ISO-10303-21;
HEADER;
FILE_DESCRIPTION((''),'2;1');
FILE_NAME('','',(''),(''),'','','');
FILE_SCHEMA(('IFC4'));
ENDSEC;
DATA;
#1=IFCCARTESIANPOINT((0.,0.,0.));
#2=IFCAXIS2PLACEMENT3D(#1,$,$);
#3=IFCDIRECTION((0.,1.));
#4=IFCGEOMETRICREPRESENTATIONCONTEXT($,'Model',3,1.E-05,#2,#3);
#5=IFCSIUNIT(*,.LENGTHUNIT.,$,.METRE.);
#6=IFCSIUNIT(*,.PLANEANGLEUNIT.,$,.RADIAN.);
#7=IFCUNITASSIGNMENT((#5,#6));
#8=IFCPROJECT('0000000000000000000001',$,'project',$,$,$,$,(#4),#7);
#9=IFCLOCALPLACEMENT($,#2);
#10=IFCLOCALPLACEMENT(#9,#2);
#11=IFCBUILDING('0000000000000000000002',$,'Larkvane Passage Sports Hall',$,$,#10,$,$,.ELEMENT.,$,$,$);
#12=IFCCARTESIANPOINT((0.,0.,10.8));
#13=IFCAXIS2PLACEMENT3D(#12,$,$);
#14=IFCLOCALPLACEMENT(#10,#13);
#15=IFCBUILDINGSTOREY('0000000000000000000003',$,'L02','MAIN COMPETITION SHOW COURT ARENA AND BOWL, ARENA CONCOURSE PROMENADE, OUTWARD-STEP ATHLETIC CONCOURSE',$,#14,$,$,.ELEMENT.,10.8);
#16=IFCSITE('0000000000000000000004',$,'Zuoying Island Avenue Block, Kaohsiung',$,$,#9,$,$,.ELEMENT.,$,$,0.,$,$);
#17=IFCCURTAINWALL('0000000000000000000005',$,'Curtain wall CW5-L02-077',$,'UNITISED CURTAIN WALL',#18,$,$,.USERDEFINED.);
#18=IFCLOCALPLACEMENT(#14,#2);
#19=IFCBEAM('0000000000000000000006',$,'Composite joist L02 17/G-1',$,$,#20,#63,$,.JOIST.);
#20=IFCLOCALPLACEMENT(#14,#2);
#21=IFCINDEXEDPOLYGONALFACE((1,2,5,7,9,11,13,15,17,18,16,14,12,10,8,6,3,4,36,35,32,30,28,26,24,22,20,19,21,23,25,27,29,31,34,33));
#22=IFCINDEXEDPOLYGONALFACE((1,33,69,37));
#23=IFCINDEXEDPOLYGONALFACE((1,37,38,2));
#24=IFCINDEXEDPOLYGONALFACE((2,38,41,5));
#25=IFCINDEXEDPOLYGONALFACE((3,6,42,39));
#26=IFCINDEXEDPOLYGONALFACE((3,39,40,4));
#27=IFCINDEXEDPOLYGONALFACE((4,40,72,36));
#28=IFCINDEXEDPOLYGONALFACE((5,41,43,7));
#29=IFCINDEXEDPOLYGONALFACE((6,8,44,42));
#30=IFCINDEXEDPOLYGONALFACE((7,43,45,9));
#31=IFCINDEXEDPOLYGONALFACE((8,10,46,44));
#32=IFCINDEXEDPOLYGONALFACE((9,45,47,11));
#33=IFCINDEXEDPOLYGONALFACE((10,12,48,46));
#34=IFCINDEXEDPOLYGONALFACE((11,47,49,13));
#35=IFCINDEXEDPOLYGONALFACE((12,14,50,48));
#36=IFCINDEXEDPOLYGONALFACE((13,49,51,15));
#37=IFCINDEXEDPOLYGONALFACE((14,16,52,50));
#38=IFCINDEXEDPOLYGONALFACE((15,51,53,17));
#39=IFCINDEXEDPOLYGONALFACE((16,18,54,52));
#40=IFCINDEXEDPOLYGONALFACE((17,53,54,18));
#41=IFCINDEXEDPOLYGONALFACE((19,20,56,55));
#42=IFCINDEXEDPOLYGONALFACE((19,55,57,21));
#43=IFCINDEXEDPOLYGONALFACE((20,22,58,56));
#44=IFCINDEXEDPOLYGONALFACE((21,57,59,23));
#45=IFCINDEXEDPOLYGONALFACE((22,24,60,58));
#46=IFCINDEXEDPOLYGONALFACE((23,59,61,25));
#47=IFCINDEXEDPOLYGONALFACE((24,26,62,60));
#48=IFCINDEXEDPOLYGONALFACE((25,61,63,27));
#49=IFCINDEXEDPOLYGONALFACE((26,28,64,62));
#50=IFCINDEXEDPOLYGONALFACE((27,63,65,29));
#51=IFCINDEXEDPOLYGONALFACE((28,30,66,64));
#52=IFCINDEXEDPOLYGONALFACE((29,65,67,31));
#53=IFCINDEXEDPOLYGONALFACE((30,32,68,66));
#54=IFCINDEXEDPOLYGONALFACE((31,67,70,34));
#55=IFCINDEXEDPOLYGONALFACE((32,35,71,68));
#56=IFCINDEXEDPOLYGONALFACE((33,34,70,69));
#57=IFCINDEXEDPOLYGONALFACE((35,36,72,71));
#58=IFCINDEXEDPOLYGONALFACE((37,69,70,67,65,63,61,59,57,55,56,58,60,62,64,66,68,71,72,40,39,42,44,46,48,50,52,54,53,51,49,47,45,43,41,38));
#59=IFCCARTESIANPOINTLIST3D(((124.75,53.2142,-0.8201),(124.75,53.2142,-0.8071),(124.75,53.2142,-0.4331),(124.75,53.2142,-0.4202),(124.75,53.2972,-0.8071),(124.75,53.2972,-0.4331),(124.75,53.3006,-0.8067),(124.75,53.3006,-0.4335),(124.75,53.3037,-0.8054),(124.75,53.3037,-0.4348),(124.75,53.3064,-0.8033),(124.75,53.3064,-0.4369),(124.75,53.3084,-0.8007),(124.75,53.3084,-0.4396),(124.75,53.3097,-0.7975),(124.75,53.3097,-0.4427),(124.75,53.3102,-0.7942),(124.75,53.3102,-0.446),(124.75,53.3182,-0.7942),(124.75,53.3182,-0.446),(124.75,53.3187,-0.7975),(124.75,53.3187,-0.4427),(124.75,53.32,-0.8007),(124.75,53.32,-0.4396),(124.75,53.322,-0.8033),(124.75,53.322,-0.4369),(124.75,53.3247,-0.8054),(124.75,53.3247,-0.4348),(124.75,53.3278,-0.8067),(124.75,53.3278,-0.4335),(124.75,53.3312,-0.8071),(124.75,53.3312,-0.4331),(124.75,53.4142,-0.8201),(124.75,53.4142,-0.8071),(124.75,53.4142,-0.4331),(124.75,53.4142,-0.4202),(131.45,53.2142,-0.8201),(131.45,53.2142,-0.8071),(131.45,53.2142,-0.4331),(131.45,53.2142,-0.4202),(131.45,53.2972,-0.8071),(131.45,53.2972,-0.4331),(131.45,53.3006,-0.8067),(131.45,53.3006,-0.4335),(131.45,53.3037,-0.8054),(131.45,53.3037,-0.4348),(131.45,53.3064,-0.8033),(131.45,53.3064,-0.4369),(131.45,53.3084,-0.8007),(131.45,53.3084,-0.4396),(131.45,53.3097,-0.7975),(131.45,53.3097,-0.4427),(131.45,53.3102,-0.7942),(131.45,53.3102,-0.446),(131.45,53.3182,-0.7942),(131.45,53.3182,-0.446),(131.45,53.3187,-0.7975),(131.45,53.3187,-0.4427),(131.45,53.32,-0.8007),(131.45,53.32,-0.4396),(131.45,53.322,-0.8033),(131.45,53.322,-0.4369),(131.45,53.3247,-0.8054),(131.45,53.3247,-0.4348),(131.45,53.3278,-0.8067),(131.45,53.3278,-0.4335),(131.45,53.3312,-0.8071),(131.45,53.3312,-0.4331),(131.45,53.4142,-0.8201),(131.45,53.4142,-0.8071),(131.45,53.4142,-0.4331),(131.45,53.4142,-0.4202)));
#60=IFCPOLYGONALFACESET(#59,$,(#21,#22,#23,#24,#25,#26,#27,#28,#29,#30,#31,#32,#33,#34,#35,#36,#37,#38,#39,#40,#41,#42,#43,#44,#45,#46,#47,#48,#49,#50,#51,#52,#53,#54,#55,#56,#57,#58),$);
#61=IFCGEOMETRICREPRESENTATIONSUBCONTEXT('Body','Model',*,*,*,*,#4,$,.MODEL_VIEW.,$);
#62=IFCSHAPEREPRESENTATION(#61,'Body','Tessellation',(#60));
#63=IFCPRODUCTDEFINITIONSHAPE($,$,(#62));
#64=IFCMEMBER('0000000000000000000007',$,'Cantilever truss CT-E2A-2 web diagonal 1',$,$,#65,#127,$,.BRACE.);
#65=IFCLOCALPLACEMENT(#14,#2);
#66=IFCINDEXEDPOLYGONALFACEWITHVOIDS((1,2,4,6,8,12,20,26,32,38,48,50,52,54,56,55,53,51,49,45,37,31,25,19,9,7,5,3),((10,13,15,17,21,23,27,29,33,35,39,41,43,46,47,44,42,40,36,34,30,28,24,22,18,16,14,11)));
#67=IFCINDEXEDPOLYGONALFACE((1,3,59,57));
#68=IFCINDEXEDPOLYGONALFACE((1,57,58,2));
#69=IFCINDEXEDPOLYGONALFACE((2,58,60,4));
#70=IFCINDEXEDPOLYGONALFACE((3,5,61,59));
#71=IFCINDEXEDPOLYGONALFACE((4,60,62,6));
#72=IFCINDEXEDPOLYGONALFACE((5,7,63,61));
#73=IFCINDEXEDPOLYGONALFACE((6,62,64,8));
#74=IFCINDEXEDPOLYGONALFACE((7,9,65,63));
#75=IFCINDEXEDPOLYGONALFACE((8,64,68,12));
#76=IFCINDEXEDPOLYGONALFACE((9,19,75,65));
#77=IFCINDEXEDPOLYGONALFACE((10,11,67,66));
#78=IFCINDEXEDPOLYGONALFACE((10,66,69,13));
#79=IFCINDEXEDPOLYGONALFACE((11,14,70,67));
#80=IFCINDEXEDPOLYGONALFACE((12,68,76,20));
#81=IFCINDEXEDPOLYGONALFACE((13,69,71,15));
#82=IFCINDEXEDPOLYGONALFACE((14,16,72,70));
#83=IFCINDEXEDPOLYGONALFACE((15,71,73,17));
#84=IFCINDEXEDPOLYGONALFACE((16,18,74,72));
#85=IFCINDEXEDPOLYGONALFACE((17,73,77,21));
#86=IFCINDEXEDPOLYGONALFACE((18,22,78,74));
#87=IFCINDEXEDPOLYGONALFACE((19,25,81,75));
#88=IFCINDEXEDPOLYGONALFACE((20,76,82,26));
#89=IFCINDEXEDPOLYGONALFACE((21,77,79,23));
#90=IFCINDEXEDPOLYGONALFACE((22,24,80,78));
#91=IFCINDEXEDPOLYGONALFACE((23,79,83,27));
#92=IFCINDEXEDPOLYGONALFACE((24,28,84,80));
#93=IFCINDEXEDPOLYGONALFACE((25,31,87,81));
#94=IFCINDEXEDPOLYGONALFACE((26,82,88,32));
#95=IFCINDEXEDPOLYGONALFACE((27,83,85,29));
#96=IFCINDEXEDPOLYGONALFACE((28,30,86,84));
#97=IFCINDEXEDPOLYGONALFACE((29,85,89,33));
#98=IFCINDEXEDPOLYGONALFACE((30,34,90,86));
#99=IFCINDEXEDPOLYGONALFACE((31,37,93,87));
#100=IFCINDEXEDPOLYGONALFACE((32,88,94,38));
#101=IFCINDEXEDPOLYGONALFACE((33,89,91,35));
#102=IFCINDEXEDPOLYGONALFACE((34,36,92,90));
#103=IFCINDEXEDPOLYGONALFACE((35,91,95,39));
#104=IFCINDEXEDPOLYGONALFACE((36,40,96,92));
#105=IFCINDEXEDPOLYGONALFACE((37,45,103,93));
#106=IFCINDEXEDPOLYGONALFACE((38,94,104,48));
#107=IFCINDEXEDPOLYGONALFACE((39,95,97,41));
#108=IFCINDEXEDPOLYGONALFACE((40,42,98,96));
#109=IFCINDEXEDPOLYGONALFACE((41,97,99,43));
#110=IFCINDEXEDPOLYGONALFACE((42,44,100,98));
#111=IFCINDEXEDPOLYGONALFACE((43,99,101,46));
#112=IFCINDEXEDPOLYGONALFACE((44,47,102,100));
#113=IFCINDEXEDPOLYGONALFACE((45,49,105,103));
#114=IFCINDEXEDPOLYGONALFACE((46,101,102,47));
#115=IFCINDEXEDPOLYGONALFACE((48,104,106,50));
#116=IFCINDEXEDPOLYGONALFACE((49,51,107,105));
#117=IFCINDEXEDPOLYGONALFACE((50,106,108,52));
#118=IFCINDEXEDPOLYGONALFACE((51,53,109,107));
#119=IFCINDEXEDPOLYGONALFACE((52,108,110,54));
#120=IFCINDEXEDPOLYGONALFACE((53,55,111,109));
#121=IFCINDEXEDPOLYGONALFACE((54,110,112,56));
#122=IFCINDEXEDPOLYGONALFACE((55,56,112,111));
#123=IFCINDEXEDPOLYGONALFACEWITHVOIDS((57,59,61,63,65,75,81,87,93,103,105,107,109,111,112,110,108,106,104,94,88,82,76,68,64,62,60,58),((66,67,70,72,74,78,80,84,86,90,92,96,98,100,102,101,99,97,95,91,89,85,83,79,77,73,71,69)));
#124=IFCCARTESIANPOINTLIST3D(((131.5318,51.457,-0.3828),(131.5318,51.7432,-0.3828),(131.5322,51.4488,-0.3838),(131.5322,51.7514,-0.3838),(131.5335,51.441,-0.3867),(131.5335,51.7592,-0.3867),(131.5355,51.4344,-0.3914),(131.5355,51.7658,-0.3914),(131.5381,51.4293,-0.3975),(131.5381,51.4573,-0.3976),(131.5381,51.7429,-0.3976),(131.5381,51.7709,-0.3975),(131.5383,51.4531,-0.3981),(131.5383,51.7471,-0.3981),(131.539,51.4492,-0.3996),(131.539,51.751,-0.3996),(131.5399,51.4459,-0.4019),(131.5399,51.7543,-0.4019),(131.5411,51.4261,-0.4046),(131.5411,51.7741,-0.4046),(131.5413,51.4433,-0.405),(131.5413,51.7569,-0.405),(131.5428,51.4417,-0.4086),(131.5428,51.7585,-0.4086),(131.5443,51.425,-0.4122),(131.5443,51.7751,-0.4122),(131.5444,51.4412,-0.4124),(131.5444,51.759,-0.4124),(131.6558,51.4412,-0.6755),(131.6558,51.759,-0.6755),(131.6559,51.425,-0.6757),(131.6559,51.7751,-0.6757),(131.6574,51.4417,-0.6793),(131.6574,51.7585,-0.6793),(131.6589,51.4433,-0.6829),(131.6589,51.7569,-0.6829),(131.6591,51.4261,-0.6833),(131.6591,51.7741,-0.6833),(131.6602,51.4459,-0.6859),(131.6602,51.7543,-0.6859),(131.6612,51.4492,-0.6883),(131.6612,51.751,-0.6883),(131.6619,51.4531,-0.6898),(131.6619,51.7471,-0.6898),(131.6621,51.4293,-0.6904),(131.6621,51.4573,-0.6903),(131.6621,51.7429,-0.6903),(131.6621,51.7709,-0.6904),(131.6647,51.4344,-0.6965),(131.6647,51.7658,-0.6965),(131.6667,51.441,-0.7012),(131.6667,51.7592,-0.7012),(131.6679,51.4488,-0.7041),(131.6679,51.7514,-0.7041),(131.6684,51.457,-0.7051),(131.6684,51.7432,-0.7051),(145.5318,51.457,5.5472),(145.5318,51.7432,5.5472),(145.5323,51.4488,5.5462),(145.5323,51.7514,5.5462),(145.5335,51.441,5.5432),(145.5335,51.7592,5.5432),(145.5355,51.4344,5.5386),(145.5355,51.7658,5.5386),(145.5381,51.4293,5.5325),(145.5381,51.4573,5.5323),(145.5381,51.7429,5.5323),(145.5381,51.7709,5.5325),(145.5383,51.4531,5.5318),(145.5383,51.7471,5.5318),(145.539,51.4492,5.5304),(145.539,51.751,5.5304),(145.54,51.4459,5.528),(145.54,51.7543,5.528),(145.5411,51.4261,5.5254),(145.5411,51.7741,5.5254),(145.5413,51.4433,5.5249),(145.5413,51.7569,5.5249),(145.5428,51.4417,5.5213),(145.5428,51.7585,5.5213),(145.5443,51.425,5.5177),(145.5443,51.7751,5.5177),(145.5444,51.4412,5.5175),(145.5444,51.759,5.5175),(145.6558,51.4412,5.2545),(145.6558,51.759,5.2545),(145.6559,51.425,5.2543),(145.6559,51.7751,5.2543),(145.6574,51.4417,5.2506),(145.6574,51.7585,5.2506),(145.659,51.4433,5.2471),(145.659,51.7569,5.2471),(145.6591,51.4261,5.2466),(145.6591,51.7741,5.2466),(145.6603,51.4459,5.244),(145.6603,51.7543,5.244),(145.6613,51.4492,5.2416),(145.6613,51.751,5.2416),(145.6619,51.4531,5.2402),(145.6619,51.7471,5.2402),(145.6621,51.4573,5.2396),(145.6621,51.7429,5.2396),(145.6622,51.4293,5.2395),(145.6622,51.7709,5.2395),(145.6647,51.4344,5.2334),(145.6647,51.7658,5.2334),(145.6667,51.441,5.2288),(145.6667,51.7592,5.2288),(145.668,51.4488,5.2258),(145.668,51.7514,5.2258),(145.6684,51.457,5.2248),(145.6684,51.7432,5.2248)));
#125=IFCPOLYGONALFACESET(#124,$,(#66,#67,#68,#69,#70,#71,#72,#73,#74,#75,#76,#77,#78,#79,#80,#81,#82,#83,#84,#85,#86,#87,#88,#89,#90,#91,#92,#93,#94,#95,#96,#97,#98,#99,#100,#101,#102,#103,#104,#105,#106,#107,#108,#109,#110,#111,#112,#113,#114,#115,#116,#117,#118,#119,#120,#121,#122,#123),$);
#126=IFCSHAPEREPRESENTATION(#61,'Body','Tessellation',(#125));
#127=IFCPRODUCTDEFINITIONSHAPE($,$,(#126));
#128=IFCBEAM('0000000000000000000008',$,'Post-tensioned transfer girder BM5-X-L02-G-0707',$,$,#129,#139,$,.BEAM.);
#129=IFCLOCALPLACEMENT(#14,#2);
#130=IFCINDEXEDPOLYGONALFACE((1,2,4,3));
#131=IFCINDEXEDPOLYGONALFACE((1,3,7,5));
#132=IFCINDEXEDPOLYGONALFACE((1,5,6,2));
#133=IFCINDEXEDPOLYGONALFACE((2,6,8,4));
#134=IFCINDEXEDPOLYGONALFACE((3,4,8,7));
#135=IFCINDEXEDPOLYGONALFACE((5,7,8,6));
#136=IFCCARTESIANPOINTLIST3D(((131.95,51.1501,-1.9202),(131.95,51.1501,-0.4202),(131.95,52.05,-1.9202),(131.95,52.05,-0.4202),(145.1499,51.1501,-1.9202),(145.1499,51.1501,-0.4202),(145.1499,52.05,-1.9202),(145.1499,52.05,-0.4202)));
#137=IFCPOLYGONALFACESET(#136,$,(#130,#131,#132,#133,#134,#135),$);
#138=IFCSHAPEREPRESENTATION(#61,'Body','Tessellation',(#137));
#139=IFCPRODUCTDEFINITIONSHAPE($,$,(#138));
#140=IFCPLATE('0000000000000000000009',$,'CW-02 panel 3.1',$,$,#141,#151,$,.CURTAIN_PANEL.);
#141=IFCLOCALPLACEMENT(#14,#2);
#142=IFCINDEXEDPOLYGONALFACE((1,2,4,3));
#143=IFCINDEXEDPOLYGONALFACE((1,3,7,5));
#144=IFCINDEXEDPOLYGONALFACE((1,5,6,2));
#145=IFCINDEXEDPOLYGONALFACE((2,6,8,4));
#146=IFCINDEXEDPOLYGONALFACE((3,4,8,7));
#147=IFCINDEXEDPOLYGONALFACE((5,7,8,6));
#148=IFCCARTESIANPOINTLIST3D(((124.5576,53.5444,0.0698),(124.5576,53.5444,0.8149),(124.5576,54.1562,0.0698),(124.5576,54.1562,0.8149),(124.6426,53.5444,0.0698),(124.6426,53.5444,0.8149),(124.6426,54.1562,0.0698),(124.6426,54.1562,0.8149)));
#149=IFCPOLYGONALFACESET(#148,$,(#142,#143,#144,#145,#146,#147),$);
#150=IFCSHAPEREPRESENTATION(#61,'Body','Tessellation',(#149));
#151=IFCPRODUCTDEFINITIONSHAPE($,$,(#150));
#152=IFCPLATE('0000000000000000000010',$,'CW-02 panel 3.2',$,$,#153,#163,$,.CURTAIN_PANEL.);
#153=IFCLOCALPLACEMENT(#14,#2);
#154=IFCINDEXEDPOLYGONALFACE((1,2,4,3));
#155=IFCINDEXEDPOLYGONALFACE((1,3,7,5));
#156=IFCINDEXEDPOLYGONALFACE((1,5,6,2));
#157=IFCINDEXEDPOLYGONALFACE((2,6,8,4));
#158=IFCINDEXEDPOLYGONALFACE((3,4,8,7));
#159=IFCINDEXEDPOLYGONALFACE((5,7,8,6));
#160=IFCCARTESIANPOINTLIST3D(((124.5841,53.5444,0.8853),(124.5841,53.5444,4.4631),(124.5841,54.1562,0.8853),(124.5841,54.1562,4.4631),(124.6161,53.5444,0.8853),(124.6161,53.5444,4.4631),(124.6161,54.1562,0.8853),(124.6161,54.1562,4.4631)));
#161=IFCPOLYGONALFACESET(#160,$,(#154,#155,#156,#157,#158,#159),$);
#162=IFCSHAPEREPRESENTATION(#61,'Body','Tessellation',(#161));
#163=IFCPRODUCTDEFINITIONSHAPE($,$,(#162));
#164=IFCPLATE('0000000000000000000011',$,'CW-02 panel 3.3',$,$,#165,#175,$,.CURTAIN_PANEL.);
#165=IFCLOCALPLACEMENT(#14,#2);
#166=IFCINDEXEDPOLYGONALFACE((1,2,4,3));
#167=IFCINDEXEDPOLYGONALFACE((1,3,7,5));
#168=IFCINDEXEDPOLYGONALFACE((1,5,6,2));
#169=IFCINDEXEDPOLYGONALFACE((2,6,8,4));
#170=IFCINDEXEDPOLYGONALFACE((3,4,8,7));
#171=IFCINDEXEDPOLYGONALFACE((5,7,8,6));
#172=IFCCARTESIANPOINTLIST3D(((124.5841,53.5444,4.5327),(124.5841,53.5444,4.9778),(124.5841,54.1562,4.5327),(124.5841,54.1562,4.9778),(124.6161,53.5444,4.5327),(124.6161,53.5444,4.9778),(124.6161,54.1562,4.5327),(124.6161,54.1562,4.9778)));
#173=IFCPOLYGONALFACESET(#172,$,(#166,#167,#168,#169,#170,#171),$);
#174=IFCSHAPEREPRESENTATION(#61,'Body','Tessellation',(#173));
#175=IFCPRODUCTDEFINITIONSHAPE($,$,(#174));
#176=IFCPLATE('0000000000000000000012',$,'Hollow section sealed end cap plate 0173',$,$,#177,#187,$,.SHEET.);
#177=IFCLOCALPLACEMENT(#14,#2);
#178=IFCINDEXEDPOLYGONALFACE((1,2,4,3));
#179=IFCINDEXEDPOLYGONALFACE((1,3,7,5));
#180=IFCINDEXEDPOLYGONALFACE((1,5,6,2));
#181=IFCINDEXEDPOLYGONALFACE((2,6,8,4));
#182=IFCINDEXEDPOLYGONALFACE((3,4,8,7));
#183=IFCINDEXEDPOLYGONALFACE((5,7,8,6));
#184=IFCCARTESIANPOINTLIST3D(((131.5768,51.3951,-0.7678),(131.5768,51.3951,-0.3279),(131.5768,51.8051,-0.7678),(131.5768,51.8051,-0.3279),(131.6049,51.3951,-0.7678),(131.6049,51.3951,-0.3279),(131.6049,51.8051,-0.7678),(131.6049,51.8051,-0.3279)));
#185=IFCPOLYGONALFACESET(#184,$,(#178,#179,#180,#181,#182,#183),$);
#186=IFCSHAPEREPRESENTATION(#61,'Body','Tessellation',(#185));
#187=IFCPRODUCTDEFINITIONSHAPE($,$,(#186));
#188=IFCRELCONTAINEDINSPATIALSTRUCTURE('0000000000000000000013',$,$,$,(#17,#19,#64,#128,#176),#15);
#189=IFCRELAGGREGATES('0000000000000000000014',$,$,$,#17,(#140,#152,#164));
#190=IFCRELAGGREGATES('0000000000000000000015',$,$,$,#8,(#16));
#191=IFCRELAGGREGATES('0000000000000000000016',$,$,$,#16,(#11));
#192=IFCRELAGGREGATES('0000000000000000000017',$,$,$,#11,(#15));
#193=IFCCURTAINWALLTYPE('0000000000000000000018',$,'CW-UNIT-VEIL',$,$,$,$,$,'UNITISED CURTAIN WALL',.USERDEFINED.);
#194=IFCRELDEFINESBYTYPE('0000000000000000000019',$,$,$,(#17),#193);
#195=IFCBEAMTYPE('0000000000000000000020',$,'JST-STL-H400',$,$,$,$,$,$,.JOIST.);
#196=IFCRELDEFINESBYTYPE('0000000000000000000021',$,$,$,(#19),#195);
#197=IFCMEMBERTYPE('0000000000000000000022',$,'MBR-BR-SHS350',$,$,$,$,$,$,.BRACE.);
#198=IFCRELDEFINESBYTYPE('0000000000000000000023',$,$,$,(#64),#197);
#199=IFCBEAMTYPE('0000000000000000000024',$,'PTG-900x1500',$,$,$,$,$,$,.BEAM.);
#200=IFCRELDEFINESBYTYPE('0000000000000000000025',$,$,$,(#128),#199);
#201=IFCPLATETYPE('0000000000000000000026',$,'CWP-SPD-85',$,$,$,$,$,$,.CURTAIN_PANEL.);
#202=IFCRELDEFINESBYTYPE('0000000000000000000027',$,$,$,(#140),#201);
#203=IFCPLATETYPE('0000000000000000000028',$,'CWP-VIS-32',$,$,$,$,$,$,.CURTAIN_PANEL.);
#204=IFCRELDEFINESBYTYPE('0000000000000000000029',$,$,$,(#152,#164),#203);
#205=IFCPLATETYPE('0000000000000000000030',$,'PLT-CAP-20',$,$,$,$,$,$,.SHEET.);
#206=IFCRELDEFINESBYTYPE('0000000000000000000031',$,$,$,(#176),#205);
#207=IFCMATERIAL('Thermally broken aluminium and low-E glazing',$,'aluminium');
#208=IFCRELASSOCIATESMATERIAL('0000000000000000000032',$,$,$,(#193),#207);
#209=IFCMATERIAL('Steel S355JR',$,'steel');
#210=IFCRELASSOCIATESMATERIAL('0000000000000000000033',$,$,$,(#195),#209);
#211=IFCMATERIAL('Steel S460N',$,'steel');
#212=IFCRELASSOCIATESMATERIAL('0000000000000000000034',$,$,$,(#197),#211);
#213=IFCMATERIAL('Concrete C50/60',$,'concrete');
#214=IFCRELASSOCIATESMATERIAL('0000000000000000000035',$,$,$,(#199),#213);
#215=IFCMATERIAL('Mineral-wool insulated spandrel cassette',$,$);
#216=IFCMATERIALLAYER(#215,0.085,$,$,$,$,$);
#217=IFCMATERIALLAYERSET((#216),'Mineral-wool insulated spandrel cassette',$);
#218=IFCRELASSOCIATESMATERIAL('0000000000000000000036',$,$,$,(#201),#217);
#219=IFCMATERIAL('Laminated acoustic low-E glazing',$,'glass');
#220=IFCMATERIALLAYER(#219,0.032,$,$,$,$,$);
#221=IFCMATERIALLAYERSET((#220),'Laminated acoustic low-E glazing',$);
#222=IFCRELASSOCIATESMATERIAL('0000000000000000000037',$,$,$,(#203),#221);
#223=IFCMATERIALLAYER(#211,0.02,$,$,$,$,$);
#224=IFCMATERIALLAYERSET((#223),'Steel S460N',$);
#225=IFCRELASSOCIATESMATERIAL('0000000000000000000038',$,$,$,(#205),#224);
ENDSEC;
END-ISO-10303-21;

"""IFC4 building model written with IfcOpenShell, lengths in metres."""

from ifc_helpers import new_model, si_unit, direction, frame, origin, origin_2d, place, context, subcontext, project, spatial, rectangle, hollow_rectangle, i_section, extrude, material, layer, layer_set, material_profile, profile_set, type_object, element, aggregate, save


model = new_model("IFC4")

# Units and contexts
model_context = context("Model", 3, precision=1e-05, world=origin(), true_north=direction((0.0, 1.0)))
body_context = subcontext(model_context, "Body", "Model", "MODEL_VIEW")
ifc_project = project(units=[si_unit("LENGTHUNIT", "METRE"), si_unit("PLANEANGLEUNIT", "RADIAN")], contexts=[model_context])

# Site, building, storey
site_placement = place(None, origin())
site = spatial("IfcSite", under=ifc_project, at=site_placement, Name="Zuoying Island Avenue Block, Kaohsiung", CompositionType="ELEMENT", RefElevation=0.0)
building_placement = place(site_placement, origin())
building = spatial("IfcBuilding", under=site, at=building_placement, Name="Larkvane Passage Sports Hall", CompositionType="ELEMENT")
storey_placement = place(building_placement, frame((0.0, 0.0, 10.8)))
storey = spatial("IfcBuildingStorey", under=building, at=storey_placement, Name="L02", Description="MAIN COMPETITION SHOW COURT ARENA AND BOWL, ARENA CONCOURSE PROMENADE, OUTWARD-STEP ATHLETIC CONCOURSE", CompositionType="ELEMENT", Elevation=10.8)

# Shared definitions
ifc_material_1 = material(Name="Steel S460N", Category="steel")

# Shared definitions
ifc_material_2 = material(Name="Steel S355JR", Category="steel")

# Curtain wall
ifc_material_3 = material(Name="Thermally broken aluminium and low-E glazing", Category="aluminium")
curtain_wall_type = type_object("IfcCurtainWallType", Name="CW-UNIT-VEIL", ElementType="UNITISED CURTAIN WALL", PredefinedType="USERDEFINED", material=ifc_material_3)
curtain_wall_placement = place(storey_placement, origin())
curtain_wall = element("IfcCurtainWall", 1, at=curtain_wall_placement, inside=storey, type_object=curtain_wall_type, Name="Curtain wall CW5-L02-077", ObjectType="UNITISED CURTAIN WALL", PredefinedType="USERDEFINED")

# Beam
ifc_material_profile_1 = material_profile(ifc_material_2, i_section(OverallWidth=0.2, OverallDepth=0.3999, WebThickness=0.0081, FlangeThickness=0.0129, FilletRadius=0.0129, at=origin_2d()), Name="H-400x200x8x13")
ifc_profile_set_1 = profile_set([ifc_material_profile_1], Name="Steel S355JR")
beam_type_1 = type_object("IfcBeamType", Name="JST-STL-H400", PredefinedType="JOIST", material=ifc_profile_set_1)
beam_1_placement = place(storey_placement, frame((124.75, 53.3142, -0.6201), z_axis=(1.0, 0.0, 0.0), x_axis=(0.0, 1.0, 0.0)))
element("IfcBeam", 2, at=beam_1_placement, inside=storey, type_object=beam_type_1, Name="Composite joist L02 17/G-1", PredefinedType="JOIST", context=body_context, shape_type="SweptSolid", body=[
    extrude(i_section(OverallWidth=0.2, OverallDepth=0.3999, WebThickness=0.0081, FlangeThickness=0.0129, FilletRadius=0.0129, at=origin_2d()), origin(), (0.0, 0.0, 1.0), 6.7),
])

# Member
ifc_material_profile_2 = material_profile(ifc_material_1, hollow_rectangle(XDim=0.3501, YDim=0.3501, WallThickness=0.0161, InnerFilletRadius=0.0161, OuterFilletRadius=0.032, at=origin_2d()), Name="SHS-350x350x16")
ifc_profile_set_2 = profile_set([ifc_material_profile_2], Name="Steel S460N")
member_type_1 = type_object("IfcMemberType", Name="MBR-BR-SHS350", PredefinedType="BRACE", material=ifc_profile_set_2)
member_1_placement = place(storey_placement, frame((131.6001, 51.6001, -0.5439), z_axis=(0.920805, 0.0, 0.390022), x_axis=(0.0, 1.0, 0.0)))
element("IfcMember", 3, at=member_1_placement, inside=storey, type_object=member_type_1, Name="Cantilever truss CT-E2A-2 web diagonal 1", PredefinedType="BRACE", context=body_context, shape_type="SweptSolid", body=[
    extrude(hollow_rectangle(XDim=0.3501, YDim=0.3501, WallThickness=0.0161, InnerFilletRadius=0.0161, OuterFilletRadius=0.032, at=origin_2d()), origin(), (0.0, 0.0, 1.0), 15.2041),
])

# Beam
ifc_material_4 = material(Name="Concrete C50/60", Category="concrete")
ifc_material_profile_3 = material_profile(ifc_material_4, rectangle(XDim=0.8999, YDim=1.5, at=origin_2d()), Name="PT-GIR-900x1500")
ifc_profile_set_3 = profile_set([ifc_material_profile_3], Name="Concrete C50/60")
beam_type_2 = type_object("IfcBeamType", Name="PTG-900x1500", PredefinedType="BEAM", material=ifc_profile_set_3)
beam_2_placement = place(storey_placement, frame((131.95, 51.6001, -1.1702), z_axis=(1.0, 0.0, 0.0), x_axis=(0.0, 1.0, 0.0)))
element("IfcBeam", 4, at=beam_2_placement, inside=storey, type_object=beam_type_2, Name="Post-tensioned transfer girder BM5-X-L02-G-0707", PredefinedType="BEAM", context=body_context, shape_type="SweptSolid", body=[
    extrude(rectangle(XDim=0.8999, YDim=1.5, at=origin_2d()), origin(), (0.0, 0.0, 1.0), 13.2),
])

# Plates
ifc_material_5 = material(Name="Mineral-wool insulated spandrel cassette")
ifc_layer_1 = layer(ifc_material_5, 0.085)
ifc_layer_set_1 = layer_set([ifc_layer_1], Name="Mineral-wool insulated spandrel cassette")
plate_type_1 = type_object("IfcPlateType", Name="CWP-SPD-85", PredefinedType="CURTAIN_PANEL", material=ifc_layer_set_1)
plate_1_placement = place(storey_placement, frame((124.6001, 53.8503, 0.0698), z_axis=(0.0, 0.0, 1.0), x_axis=(0.0, 1.0, 0.0)))
plate_1 = element("IfcPlate", 5, at=plate_1_placement, type_object=plate_type_1, Name="CW-02 panel 3.1", PredefinedType="CURTAIN_PANEL", context=body_context, shape_type="SweptSolid", body=[
    extrude(rectangle(XDim=0.6118, YDim=0.085, at=origin_2d()), origin(), (0.0, 0.0, 1.0), 0.7451),
])
ifc_material_6 = material(Name="Laminated acoustic low-E glazing", Category="glass")
ifc_layer_2 = layer(ifc_material_6, 0.032)
ifc_layer_set_2 = layer_set([ifc_layer_2], Name="Laminated acoustic low-E glazing")
plate_type_2 = type_object("IfcPlateType", Name="CWP-VIS-32", PredefinedType="CURTAIN_PANEL", material=ifc_layer_set_2)
plate_2_placement = place(storey_placement, frame((124.6001, 53.8503, 0.8853), z_axis=(0.0, 0.0, 1.0), x_axis=(0.0, 1.0, 0.0)))
plate_2 = element("IfcPlate", 6, at=plate_2_placement, type_object=plate_type_2, Name="CW-02 panel 3.2", PredefinedType="CURTAIN_PANEL", context=body_context, shape_type="SweptSolid", body=[
    extrude(rectangle(XDim=0.6118, YDim=0.032, at=origin_2d()), origin(), (0.0, 0.0, 1.0), 3.5779),
])
plate_3_placement = place(storey_placement, frame((124.6001, 53.8503, 4.5327), z_axis=(0.0, 0.0, 1.0), x_axis=(0.0, 1.0, 0.0)))
plate_3 = element("IfcPlate", 7, at=plate_3_placement, type_object=plate_type_2, Name="CW-02 panel 3.3", PredefinedType="CURTAIN_PANEL", context=body_context, shape_type="SweptSolid", body=[
    extrude(rectangle(XDim=0.6118, YDim=0.032, at=origin_2d()), origin(), (0.0, 0.0, 1.0), 0.4451),
])
aggregate(curtain_wall, [plate_1, plate_2, plate_3])

# Plate
ifc_layer_3 = layer(ifc_material_1, 0.02)
ifc_layer_set_3 = layer_set([ifc_layer_3], Name="Steel S460N")
plate_type_3 = type_object("IfcPlateType", Name="PLT-CAP-20", PredefinedType="SHEET", material=ifc_layer_set_3)
plate_4_placement = place(storey_placement, frame((131.5908, 51.6001, -0.7678), z_axis=(0.0, 0.0, 1.0), x_axis=(0.0, 1.0, 0.0)))
element("IfcPlate", 8, at=plate_4_placement, inside=storey, type_object=plate_type_3, Name="Hollow section sealed end cap plate 0173", PredefinedType="SHEET", context=body_context, shape_type="SweptSolid", body=[
    extrude(rectangle(XDim=0.4099, YDim=0.0281, at=origin_2d()), origin(), (0.0, 0.0, 1.0), 0.4399),
])

save(model, "model.ifc")
